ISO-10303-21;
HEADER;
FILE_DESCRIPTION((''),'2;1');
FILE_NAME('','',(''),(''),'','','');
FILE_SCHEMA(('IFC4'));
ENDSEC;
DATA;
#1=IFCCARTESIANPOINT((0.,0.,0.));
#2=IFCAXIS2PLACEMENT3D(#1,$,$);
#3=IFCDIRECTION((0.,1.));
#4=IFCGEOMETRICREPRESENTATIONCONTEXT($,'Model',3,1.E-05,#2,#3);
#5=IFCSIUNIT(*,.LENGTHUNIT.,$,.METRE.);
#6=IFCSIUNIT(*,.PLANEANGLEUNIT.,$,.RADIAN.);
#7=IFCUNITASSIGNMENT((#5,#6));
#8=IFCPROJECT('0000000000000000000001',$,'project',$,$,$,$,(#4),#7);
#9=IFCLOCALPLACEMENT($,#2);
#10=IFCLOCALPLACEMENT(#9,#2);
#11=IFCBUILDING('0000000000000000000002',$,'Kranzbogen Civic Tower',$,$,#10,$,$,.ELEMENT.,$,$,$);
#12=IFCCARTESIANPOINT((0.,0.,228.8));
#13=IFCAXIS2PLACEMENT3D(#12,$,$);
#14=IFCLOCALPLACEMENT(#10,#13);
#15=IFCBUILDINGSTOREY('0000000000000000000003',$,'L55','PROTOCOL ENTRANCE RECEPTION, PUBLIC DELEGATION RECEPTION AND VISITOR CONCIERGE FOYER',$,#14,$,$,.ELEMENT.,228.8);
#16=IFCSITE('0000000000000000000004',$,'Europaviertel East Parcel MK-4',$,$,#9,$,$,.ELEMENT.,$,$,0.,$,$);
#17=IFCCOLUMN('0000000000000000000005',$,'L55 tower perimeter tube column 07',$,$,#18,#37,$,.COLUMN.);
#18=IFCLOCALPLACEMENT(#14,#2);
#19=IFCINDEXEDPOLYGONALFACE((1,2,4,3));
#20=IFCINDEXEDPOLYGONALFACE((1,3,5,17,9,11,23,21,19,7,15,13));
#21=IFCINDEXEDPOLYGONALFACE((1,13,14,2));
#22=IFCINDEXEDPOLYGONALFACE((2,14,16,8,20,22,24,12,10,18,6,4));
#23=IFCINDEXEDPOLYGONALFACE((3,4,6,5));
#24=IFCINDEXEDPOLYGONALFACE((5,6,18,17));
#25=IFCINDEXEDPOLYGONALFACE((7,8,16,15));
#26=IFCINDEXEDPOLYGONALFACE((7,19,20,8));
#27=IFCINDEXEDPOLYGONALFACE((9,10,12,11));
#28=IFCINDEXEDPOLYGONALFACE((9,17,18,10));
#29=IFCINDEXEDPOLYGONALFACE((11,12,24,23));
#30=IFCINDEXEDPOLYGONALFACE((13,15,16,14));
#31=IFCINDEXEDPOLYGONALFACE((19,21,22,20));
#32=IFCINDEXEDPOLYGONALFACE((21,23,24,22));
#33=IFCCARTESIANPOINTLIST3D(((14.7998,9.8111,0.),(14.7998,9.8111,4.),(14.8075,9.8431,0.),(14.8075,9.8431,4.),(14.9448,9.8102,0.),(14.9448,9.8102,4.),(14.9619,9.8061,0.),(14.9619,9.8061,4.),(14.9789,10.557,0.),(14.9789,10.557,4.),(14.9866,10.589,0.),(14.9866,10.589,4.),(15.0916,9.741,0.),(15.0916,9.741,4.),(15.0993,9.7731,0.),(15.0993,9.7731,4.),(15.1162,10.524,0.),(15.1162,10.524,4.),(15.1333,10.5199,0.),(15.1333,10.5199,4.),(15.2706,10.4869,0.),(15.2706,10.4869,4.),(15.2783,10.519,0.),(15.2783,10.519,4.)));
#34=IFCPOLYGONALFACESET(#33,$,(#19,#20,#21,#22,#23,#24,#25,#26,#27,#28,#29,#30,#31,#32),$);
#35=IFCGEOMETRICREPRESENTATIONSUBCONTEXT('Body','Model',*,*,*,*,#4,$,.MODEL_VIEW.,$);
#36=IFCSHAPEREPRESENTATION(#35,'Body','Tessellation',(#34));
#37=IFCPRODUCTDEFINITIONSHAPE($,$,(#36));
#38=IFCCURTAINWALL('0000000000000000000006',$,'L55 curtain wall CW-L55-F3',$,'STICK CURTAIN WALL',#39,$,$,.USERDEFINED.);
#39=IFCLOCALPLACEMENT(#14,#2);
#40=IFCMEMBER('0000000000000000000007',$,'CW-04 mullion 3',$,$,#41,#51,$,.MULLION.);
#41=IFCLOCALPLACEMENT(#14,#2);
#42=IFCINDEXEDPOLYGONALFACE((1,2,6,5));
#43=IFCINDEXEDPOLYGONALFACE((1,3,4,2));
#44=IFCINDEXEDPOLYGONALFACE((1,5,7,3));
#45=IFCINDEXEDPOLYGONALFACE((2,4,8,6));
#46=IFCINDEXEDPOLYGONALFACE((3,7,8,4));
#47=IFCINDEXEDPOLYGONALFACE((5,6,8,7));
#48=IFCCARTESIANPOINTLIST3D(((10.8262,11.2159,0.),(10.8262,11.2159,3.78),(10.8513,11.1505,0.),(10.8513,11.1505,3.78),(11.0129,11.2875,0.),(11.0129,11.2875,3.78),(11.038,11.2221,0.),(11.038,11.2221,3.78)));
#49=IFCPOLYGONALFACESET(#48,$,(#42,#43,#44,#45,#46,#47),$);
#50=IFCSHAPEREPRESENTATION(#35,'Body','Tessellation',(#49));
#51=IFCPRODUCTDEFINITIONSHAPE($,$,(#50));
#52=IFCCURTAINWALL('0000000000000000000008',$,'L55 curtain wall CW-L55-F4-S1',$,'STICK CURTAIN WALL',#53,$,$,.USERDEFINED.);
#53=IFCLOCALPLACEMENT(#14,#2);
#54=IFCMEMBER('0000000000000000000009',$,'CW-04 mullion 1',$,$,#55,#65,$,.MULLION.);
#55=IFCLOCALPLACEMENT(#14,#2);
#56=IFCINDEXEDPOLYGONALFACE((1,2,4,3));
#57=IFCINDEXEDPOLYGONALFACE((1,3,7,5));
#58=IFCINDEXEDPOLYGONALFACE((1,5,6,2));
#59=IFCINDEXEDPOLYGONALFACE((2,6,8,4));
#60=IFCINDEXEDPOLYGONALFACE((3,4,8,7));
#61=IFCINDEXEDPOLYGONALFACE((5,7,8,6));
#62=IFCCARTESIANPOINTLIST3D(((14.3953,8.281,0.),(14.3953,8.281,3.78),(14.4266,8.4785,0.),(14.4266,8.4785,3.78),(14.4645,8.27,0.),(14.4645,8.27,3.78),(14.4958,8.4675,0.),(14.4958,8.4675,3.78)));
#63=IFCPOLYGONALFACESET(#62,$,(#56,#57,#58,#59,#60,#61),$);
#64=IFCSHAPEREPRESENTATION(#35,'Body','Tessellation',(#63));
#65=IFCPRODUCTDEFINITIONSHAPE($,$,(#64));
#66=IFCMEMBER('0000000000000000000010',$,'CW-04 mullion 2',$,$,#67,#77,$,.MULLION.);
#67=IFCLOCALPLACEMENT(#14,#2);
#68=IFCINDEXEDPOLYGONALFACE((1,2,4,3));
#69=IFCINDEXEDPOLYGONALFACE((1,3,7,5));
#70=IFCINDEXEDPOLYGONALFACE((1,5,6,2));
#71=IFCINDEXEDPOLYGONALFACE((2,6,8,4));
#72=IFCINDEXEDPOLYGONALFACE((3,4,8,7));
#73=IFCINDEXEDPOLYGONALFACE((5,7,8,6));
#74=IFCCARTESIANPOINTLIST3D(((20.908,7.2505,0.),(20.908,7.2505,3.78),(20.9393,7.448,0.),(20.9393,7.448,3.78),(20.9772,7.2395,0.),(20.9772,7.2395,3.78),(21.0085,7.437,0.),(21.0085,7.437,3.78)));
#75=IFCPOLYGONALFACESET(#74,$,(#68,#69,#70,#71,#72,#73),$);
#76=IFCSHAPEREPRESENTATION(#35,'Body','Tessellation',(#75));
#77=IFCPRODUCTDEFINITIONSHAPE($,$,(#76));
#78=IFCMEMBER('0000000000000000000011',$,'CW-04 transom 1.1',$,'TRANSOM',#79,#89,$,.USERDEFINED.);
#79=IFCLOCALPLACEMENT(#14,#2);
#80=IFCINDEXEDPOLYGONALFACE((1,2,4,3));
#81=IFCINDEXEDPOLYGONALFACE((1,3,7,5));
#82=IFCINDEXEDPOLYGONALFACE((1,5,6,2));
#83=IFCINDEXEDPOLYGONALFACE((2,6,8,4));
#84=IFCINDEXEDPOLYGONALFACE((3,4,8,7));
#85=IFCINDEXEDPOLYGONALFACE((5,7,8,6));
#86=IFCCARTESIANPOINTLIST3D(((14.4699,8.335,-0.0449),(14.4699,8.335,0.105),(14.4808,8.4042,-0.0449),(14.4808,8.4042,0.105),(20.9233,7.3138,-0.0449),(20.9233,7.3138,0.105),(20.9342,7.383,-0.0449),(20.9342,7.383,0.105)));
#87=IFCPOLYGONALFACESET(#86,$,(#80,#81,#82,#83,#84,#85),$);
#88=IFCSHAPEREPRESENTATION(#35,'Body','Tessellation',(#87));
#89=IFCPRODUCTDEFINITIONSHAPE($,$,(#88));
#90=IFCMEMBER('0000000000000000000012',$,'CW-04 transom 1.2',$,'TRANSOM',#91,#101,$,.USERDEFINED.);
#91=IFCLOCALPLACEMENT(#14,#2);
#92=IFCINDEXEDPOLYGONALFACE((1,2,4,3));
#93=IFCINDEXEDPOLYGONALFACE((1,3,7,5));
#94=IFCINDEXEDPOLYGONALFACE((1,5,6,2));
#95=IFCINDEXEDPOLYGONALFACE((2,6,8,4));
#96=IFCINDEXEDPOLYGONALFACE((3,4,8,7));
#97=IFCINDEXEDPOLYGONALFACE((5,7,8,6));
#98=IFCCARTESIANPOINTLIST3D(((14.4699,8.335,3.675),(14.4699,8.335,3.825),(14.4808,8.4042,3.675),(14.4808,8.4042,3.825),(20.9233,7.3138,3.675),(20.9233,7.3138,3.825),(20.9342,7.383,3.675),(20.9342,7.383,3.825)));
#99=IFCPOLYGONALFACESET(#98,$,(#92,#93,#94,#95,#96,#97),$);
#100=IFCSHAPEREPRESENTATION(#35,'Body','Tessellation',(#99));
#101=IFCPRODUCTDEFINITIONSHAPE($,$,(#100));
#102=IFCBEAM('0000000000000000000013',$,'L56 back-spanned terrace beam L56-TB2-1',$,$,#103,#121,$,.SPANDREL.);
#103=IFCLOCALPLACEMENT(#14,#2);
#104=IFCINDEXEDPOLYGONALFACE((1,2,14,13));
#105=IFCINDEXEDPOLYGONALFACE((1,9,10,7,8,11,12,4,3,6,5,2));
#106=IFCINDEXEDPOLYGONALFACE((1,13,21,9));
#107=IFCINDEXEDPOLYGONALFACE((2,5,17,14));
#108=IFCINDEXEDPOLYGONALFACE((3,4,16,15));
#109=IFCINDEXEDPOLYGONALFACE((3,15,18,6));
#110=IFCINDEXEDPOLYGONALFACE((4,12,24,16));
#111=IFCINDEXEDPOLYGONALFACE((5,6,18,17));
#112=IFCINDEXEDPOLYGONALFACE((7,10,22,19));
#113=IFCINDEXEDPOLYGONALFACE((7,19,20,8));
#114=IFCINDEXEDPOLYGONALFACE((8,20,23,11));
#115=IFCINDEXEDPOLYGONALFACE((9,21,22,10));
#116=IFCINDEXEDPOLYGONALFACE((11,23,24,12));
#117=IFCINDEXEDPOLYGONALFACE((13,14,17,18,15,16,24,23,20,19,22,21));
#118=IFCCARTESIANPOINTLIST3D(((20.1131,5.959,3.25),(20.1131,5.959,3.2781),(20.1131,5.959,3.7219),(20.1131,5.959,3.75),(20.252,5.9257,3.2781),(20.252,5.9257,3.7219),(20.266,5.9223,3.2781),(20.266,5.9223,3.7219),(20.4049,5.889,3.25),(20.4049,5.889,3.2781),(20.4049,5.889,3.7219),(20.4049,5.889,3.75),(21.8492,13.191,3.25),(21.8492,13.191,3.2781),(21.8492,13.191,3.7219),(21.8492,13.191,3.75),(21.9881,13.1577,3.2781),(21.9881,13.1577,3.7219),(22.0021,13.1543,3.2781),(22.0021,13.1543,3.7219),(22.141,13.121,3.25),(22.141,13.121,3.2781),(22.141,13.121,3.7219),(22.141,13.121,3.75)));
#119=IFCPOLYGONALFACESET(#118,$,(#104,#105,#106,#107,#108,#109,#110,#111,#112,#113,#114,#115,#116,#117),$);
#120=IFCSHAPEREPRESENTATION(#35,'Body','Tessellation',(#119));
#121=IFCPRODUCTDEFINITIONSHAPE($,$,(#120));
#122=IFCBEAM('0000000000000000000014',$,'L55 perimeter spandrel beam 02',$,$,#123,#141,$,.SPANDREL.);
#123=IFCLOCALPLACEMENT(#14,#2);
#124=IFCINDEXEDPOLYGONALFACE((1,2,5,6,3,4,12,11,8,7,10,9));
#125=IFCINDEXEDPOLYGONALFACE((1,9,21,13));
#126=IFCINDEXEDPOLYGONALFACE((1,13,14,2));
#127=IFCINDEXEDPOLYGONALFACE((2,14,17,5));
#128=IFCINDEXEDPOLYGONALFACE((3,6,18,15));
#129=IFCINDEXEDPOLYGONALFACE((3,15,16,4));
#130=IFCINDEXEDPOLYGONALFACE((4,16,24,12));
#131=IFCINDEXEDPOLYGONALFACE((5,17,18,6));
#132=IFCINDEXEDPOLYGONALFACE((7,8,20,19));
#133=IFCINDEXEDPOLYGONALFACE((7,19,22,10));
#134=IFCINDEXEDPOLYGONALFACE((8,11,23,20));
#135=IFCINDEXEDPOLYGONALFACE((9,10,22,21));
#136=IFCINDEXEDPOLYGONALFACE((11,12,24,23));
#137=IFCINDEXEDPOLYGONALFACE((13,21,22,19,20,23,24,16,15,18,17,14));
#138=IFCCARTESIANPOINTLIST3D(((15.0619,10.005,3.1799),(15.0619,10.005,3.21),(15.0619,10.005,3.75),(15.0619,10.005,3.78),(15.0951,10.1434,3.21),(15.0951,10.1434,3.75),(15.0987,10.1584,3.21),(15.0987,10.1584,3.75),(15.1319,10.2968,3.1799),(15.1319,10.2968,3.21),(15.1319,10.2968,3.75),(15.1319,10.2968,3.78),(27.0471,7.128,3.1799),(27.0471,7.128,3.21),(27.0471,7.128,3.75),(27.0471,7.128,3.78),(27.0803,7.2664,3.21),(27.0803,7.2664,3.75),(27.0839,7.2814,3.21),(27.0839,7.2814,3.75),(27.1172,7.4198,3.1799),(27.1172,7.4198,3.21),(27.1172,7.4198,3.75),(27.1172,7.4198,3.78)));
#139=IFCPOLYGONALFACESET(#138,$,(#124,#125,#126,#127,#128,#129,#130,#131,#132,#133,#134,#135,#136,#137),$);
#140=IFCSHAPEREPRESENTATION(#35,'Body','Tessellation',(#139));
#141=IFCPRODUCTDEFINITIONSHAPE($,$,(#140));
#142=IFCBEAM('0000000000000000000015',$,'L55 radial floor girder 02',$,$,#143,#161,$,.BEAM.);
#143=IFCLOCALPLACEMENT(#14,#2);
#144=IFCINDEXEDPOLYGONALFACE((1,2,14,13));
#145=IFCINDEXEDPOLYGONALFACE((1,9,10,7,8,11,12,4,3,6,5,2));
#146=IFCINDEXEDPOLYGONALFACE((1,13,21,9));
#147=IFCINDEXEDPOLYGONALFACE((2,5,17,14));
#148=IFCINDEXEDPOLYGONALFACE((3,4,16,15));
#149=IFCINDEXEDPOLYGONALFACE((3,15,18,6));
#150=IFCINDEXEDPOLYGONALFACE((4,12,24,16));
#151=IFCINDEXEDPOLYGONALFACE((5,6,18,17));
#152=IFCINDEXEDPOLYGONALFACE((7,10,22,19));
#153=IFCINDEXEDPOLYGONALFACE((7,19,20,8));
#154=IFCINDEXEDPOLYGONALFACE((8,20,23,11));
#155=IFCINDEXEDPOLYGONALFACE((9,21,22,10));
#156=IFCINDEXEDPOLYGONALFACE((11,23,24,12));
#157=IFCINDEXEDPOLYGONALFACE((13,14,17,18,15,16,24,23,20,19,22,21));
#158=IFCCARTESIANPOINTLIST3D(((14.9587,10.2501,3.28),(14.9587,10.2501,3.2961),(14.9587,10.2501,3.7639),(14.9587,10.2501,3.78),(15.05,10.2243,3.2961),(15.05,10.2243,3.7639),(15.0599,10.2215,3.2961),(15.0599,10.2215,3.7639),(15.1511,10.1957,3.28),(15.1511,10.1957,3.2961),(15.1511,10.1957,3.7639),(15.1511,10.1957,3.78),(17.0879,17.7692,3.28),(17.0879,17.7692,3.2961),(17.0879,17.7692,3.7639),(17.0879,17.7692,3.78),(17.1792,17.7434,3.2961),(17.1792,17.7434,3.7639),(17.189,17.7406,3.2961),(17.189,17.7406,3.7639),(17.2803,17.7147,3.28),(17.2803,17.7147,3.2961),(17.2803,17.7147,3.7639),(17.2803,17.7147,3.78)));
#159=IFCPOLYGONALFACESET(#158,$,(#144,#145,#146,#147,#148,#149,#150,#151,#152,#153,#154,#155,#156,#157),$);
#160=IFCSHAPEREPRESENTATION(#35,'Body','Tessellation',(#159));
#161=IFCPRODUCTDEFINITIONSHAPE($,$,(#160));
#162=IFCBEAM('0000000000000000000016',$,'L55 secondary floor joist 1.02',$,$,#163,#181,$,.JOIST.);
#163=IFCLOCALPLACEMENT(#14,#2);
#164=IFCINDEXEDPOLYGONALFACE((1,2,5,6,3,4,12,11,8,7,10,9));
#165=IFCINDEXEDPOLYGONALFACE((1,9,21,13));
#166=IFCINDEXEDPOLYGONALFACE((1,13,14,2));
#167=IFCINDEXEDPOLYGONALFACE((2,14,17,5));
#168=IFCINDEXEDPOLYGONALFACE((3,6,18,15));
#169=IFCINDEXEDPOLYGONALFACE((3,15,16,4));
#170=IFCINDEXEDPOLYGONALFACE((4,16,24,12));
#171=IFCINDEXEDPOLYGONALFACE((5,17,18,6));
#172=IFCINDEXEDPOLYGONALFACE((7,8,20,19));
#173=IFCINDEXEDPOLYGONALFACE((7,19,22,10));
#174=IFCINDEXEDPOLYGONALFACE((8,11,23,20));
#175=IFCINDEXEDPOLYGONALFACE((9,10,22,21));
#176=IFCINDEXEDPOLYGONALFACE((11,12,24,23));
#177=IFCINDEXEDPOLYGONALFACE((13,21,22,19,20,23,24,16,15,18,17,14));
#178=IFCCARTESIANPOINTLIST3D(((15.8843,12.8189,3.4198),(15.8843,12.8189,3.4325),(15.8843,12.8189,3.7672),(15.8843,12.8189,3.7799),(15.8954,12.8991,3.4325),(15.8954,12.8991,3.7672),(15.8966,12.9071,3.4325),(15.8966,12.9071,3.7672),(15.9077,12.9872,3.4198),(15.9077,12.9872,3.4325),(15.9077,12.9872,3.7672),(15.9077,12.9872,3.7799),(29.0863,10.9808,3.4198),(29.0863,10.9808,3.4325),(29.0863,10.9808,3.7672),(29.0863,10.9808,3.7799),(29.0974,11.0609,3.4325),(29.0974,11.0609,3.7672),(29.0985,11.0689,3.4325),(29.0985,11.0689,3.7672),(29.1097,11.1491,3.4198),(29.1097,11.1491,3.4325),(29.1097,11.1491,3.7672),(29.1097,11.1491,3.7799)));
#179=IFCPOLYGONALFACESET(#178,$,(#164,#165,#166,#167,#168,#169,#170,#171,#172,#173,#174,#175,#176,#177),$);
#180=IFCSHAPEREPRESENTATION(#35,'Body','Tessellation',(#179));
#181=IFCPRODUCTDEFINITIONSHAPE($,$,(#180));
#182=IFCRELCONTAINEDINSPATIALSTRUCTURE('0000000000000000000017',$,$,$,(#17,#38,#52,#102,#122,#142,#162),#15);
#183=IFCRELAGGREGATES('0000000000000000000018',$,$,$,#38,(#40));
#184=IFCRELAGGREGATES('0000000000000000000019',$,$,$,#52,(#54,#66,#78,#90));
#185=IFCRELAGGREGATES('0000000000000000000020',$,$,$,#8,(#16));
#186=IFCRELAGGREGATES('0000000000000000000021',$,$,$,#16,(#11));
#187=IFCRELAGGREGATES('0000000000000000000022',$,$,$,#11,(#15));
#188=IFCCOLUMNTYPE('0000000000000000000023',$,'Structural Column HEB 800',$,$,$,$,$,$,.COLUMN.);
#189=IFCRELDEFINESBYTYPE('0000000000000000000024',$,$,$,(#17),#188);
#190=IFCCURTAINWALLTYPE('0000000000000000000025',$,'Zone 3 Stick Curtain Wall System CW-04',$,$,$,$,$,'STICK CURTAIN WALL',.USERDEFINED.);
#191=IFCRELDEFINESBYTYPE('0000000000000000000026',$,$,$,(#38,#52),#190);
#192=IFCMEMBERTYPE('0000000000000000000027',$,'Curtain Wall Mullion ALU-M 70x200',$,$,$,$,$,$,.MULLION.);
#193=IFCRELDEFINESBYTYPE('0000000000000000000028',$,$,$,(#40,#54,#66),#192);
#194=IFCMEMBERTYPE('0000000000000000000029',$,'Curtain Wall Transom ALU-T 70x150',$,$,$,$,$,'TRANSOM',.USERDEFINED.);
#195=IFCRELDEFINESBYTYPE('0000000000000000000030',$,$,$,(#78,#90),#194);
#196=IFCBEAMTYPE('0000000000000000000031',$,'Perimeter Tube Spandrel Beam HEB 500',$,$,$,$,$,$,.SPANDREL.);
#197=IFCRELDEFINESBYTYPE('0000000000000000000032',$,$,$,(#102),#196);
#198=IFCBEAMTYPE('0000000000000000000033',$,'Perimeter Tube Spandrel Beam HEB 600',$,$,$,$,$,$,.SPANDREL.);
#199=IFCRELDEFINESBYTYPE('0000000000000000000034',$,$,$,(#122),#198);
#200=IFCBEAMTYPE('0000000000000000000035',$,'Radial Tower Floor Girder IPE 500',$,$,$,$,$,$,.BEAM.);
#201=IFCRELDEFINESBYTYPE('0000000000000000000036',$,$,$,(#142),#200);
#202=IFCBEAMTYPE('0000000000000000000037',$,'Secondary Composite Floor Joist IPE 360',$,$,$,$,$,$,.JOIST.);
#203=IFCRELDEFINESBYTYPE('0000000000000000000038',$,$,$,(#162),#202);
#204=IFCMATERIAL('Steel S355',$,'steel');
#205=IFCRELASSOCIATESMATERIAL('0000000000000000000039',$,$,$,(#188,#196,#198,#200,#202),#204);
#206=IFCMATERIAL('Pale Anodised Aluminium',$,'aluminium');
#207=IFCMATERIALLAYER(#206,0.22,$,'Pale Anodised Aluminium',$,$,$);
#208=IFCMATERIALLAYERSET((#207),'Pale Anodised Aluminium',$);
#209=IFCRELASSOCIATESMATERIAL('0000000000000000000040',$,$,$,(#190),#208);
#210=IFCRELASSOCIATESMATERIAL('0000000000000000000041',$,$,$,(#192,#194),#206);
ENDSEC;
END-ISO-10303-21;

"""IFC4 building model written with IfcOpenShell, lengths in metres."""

from ifc_helpers import new_model, si_unit, direction, frame, origin, origin_2d, place, context, subcontext, project, spatial, rectangle, i_section, extrude, material, layer, layer_set, material_profile, profile_set, type_object, element, aggregate, save


model = new_model("IFC4")

# Units and contexts
model_context = context("Model", 3, precision=1e-05, world=origin(), true_north=direction((0.0, 1.0)))
body_context = subcontext(model_context, "Body", "Model", "MODEL_VIEW")
ifc_project = project(units=[si_unit("LENGTHUNIT", "METRE"), si_unit("PLANEANGLEUNIT", "RADIAN")], contexts=[model_context])

# Site, building, storey
site_placement = place(None, origin())
site = spatial("IfcSite", under=ifc_project, at=site_placement, Name="Europaviertel East Parcel MK-4", CompositionType="ELEMENT", RefElevation=0.0)
building_placement = place(site_placement, origin())
building = spatial("IfcBuilding", under=site, at=building_placement, Name="Kranzbogen Civic Tower", CompositionType="ELEMENT")
storey_placement = place(building_placement, frame((0.0, 0.0, 228.8)))
storey = spatial("IfcBuildingStorey", under=building, at=storey_placement, Name="L55", Description="PROTOCOL ENTRANCE RECEPTION, PUBLIC DELEGATION RECEPTION AND VISITOR CONCIERGE FOYER", CompositionType="ELEMENT", Elevation=228.8)

# Column
ifc_material_1 = material(Name="Steel S355", Category="steel")
ifc_material_profile_1 = material_profile(ifc_material_1, i_section(OverallWidth=0.3, OverallDepth=0.8, WebThickness=0.0176, FlangeThickness=0.033, at=origin_2d()), Name="HEB 800")
ifc_profile_set_1 = profile_set([ifc_material_profile_1], Name="Steel S355")
column_type = type_object("IfcColumnType", Name="Structural Column HEB 800", PredefinedType="COLUMN", material=ifc_profile_set_1)
column_placement = place(storey_placement, frame((15.0391, 10.165, 0.0), z_axis=(0.0, 0.0, 1.0), x_axis=(-0.97237, 0.233445, 0.0)))
element("IfcColumn", 1, at=column_placement, inside=storey, type_object=column_type, Name="L55 tower perimeter tube column 07", PredefinedType="COLUMN", context=body_context, shape_type="SweptSolid", body=[
    extrude(i_section(OverallWidth=0.3, OverallDepth=0.8, WebThickness=0.0176, FlangeThickness=0.033, at=origin_2d()), origin(), (0.0, 0.0, 1.0), 4.0),
])

# Curtain wall, member
ifc_material_2 = material(Name="Pale Anodised Aluminium", Category="aluminium")
ifc_layer_1 = layer(ifc_material_2, 0.22, Name="Pale Anodised Aluminium")
ifc_layer_set_1 = layer_set([ifc_layer_1], Name="Pale Anodised Aluminium")
curtain_wall_type = type_object("IfcCurtainWallType", Name="Zone 3 Stick Curtain Wall System CW-04", ElementType="STICK CURTAIN WALL", PredefinedType="USERDEFINED", material=ifc_layer_set_1)
curtain_wall_1_placement = place(storey_placement, origin())
curtain_wall_1 = element("IfcCurtainWall", 2, at=curtain_wall_1_placement, inside=storey, type_object=curtain_wall_type, Name="L55 curtain wall CW-L55-F3", ObjectType="STICK CURTAIN WALL", PredefinedType="USERDEFINED")
ifc_material_profile_2 = material_profile(ifc_material_2, rectangle(XDim=0.0701, YDim=0.2, at=origin_2d()), Name="ALU-M 70x200")
ifc_profile_set_2 = profile_set([ifc_material_profile_2], Name="Pale Anodised Aluminium")
member_type_1 = type_object("IfcMemberType", Name="Curtain Wall Mullion ALU-M 70x200", PredefinedType="MULLION", material=ifc_profile_set_2)
member_1_placement = place(storey_placement, frame((10.9321, 11.219, 0.0), z_axis=(0.0, 0.0, 1.0), x_axis=(0.358348, -0.933588, 0.0)))
member_1 = element("IfcMember", 3, at=member_1_placement, type_object=member_type_1, Name="CW-04 mullion 3", PredefinedType="MULLION", context=body_context, shape_type="SweptSolid", body=[
    extrude(rectangle(XDim=0.0701, YDim=0.2, at=origin_2d()), origin(), (0.0, 0.0, 1.0), 3.78),
])
aggregate(curtain_wall_1, [member_1])

# Curtain wall, members
curtain_wall_2_placement = place(storey_placement, origin())
curtain_wall_2 = element("IfcCurtainWall", 4, at=curtain_wall_2_placement, inside=storey, type_object=curtain_wall_type, Name="L55 curtain wall CW-L55-F4-S1", ObjectType="STICK CURTAIN WALL", PredefinedType="USERDEFINED")
member_2_placement = place(storey_placement, frame((14.4456, 8.3743, 0.0), z_axis=(0.0, 0.0, 1.0), x_axis=(0.987709, -0.156302, 0.0)))
member_2 = element("IfcMember", 5, at=member_2_placement, type_object=member_type_1, Name="CW-04 mullion 1", PredefinedType="MULLION", context=body_context, shape_type="SweptSolid", body=[
    extrude(rectangle(XDim=0.0701, YDim=0.2, at=origin_2d()), origin(), (0.0, 0.0, 1.0), 3.78),
])
member_3_placement = place(storey_placement, frame((20.9583, 7.3438, 0.0), z_axis=(0.0, 0.0, 1.0), x_axis=(0.987709, -0.156302, 0.0)))
member_3 = element("IfcMember", 6, at=member_3_placement, type_object=member_type_1, Name="CW-04 mullion 2", PredefinedType="MULLION", context=body_context, shape_type="SweptSolid", body=[
    extrude(rectangle(XDim=0.0701, YDim=0.2, at=origin_2d()), origin(), (0.0, 0.0, 1.0), 3.78),
])
ifc_material_profile_3 = material_profile(ifc_material_2, rectangle(XDim=0.0701, YDim=0.1499, at=origin_2d()), Name="ALU-T 70x150")
ifc_profile_set_3 = profile_set([ifc_material_profile_3], Name="Pale Anodised Aluminium")
member_type_2 = type_object("IfcMemberType", Name="Curtain Wall Transom ALU-T 70x150", ElementType="TRANSOM", PredefinedType="USERDEFINED", material=ifc_profile_set_3)
member_4_placement = place(storey_placement, frame((14.4753, 8.3696, 0.03), z_axis=(0.987709, -0.156304, 0.0), x_axis=(0.156304, 0.987709, 0.0)))
member_4 = element("IfcMember", 7, at=member_4_placement, type_object=member_type_2, Name="CW-04 transom 1.1", ObjectType="TRANSOM", PredefinedType="USERDEFINED", context=body_context, shape_type="SweptSolid", body=[
    extrude(rectangle(XDim=0.0701, YDim=0.1499, at=origin_2d()), origin(), (0.0, 0.0, 1.0), 6.5337),
])
member_5_placement = place(storey_placement, frame((14.4753, 8.3696, 3.75), z_axis=(0.987709, -0.156304, 0.0), x_axis=(0.156304, 0.987709, 0.0)))
member_5 = element("IfcMember", 8, at=member_5_placement, type_object=member_type_2, Name="CW-04 transom 1.2", ObjectType="TRANSOM", PredefinedType="USERDEFINED", context=body_context, shape_type="SweptSolid", body=[
    extrude(rectangle(XDim=0.0701, YDim=0.1499, at=origin_2d()), origin(), (0.0, 0.0, 1.0), 6.5337),
])

# Beams
ifc_material_profile_4 = material_profile(ifc_material_1, i_section(OverallWidth=0.3, OverallDepth=0.5, WebThickness=0.0144, FlangeThickness=0.0281, at=origin_2d()), Name="HEB 500")
ifc_profile_set_4 = profile_set([ifc_material_profile_4], Name="Steel S355")
beam_type_1 = type_object("IfcBeamType", Name="Perimeter Tube Spandrel Beam HEB 500", PredefinedType="SPANDREL", material=ifc_profile_set_4)
beam_1_placement = place(storey_placement, frame((21.9951, 13.156, 3.5), z_axis=(-0.233426, -0.972374, 0.0), x_axis=(0.972374, -0.233426, 0.0)))
element("IfcBeam", 9, at=beam_1_placement, inside=storey, type_object=beam_type_1, Name="L56 back-spanned terrace beam L56-TB2-1", PredefinedType="SPANDREL", context=body_context, shape_type="SweptSolid", body=[
    extrude(i_section(OverallWidth=0.3, OverallDepth=0.5, WebThickness=0.0144, FlangeThickness=0.0281, at=origin_2d()), origin(), (0.0, 0.0, 1.0), 7.4375),
])
ifc_material_profile_5 = material_profile(ifc_material_1, i_section(OverallWidth=0.3, OverallDepth=0.6001, WebThickness=0.0154, FlangeThickness=0.03, at=origin_2d()), Name="HEB 600")
ifc_profile_set_5 = profile_set([ifc_material_profile_5], Name="Steel S355")
beam_type_2 = type_object("IfcBeamType", Name="Perimeter Tube Spandrel Beam HEB 600", PredefinedType="SPANDREL", material=ifc_profile_set_5)
beam_2_placement = place(storey_placement, frame((15.0969, 10.1509, 3.48), z_axis=(0.972378, -0.233413, 0.0), x_axis=(0.233413, 0.972378, 0.0)))
element("IfcBeam", 10, at=beam_2_placement, inside=storey, type_object=beam_type_2, Name="L55 perimeter spandrel beam 02", PredefinedType="SPANDREL", context=body_context, shape_type="SweptSolid", body=[
    extrude(i_section(OverallWidth=0.3, OverallDepth=0.6001, WebThickness=0.0154, FlangeThickness=0.03, at=origin_2d()), origin(), (0.0, 0.0, 1.0), 12.3257),
])
ifc_material_profile_6 = material_profile(ifc_material_1, i_section(OverallWidth=0.2, OverallDepth=0.5, WebThickness=0.0103, FlangeThickness=0.0161, at=origin_2d()), Name="IPE 500")
ifc_profile_set_6 = profile_set([ifc_material_profile_6], Name="Steel S355")
beam_type_3 = type_object("IfcBeamType", Name="Radial Tower Floor Girder IPE 500", PredefinedType="BEAM", material=ifc_profile_set_6)
beam_3_placement = place(storey_placement, frame((15.0549, 10.2229, 3.53), z_axis=(0.272455, 0.962169, 0.0), x_axis=(-0.962169, 0.272455, 0.0)))
element("IfcBeam", 11, at=beam_3_placement, inside=storey, type_object=beam_type_3, Name="L55 radial floor girder 02", PredefinedType="BEAM", context=body_context, shape_type="SweptSolid", body=[
    extrude(i_section(OverallWidth=0.2, OverallDepth=0.5, WebThickness=0.0103, FlangeThickness=0.0161, at=origin_2d()), origin(), (0.0, 0.0, 1.0), 7.8147),
])
ifc_material_profile_7 = material_profile(ifc_material_1, i_section(OverallWidth=0.1699, OverallDepth=0.3601, WebThickness=0.0081, FlangeThickness=0.0127, at=origin_2d()), Name="IPE 360")
ifc_profile_set_7 = profile_set([ifc_material_profile_7], Name="Steel S355")
beam_type_4 = type_object("IfcBeamType", Name="Secondary Composite Floor Joist IPE 360", PredefinedType="JOIST", material=ifc_profile_set_7)
beam_4_placement = place(storey_placement, frame((15.896, 12.9031, 3.5999), z_axis=(0.990446, -0.137902, 0.0), x_axis=(0.137902, 0.990446, 0.0)))
element("IfcBeam", 12, at=beam_4_placement, inside=storey, type_object=beam_type_4, Name="L55 secondary floor joist 1.02", PredefinedType="JOIST", context=body_context, shape_type="SweptSolid", body=[
    extrude(i_section(OverallWidth=0.1699, OverallDepth=0.3601, WebThickness=0.0081, FlangeThickness=0.0127, at=origin_2d()), origin(), (0.0, 0.0, 1.0), 13.3293),
])

aggregate(curtain_wall_2, [member_2, member_3, member_4, member_5])

save(model, "model.ifc")
